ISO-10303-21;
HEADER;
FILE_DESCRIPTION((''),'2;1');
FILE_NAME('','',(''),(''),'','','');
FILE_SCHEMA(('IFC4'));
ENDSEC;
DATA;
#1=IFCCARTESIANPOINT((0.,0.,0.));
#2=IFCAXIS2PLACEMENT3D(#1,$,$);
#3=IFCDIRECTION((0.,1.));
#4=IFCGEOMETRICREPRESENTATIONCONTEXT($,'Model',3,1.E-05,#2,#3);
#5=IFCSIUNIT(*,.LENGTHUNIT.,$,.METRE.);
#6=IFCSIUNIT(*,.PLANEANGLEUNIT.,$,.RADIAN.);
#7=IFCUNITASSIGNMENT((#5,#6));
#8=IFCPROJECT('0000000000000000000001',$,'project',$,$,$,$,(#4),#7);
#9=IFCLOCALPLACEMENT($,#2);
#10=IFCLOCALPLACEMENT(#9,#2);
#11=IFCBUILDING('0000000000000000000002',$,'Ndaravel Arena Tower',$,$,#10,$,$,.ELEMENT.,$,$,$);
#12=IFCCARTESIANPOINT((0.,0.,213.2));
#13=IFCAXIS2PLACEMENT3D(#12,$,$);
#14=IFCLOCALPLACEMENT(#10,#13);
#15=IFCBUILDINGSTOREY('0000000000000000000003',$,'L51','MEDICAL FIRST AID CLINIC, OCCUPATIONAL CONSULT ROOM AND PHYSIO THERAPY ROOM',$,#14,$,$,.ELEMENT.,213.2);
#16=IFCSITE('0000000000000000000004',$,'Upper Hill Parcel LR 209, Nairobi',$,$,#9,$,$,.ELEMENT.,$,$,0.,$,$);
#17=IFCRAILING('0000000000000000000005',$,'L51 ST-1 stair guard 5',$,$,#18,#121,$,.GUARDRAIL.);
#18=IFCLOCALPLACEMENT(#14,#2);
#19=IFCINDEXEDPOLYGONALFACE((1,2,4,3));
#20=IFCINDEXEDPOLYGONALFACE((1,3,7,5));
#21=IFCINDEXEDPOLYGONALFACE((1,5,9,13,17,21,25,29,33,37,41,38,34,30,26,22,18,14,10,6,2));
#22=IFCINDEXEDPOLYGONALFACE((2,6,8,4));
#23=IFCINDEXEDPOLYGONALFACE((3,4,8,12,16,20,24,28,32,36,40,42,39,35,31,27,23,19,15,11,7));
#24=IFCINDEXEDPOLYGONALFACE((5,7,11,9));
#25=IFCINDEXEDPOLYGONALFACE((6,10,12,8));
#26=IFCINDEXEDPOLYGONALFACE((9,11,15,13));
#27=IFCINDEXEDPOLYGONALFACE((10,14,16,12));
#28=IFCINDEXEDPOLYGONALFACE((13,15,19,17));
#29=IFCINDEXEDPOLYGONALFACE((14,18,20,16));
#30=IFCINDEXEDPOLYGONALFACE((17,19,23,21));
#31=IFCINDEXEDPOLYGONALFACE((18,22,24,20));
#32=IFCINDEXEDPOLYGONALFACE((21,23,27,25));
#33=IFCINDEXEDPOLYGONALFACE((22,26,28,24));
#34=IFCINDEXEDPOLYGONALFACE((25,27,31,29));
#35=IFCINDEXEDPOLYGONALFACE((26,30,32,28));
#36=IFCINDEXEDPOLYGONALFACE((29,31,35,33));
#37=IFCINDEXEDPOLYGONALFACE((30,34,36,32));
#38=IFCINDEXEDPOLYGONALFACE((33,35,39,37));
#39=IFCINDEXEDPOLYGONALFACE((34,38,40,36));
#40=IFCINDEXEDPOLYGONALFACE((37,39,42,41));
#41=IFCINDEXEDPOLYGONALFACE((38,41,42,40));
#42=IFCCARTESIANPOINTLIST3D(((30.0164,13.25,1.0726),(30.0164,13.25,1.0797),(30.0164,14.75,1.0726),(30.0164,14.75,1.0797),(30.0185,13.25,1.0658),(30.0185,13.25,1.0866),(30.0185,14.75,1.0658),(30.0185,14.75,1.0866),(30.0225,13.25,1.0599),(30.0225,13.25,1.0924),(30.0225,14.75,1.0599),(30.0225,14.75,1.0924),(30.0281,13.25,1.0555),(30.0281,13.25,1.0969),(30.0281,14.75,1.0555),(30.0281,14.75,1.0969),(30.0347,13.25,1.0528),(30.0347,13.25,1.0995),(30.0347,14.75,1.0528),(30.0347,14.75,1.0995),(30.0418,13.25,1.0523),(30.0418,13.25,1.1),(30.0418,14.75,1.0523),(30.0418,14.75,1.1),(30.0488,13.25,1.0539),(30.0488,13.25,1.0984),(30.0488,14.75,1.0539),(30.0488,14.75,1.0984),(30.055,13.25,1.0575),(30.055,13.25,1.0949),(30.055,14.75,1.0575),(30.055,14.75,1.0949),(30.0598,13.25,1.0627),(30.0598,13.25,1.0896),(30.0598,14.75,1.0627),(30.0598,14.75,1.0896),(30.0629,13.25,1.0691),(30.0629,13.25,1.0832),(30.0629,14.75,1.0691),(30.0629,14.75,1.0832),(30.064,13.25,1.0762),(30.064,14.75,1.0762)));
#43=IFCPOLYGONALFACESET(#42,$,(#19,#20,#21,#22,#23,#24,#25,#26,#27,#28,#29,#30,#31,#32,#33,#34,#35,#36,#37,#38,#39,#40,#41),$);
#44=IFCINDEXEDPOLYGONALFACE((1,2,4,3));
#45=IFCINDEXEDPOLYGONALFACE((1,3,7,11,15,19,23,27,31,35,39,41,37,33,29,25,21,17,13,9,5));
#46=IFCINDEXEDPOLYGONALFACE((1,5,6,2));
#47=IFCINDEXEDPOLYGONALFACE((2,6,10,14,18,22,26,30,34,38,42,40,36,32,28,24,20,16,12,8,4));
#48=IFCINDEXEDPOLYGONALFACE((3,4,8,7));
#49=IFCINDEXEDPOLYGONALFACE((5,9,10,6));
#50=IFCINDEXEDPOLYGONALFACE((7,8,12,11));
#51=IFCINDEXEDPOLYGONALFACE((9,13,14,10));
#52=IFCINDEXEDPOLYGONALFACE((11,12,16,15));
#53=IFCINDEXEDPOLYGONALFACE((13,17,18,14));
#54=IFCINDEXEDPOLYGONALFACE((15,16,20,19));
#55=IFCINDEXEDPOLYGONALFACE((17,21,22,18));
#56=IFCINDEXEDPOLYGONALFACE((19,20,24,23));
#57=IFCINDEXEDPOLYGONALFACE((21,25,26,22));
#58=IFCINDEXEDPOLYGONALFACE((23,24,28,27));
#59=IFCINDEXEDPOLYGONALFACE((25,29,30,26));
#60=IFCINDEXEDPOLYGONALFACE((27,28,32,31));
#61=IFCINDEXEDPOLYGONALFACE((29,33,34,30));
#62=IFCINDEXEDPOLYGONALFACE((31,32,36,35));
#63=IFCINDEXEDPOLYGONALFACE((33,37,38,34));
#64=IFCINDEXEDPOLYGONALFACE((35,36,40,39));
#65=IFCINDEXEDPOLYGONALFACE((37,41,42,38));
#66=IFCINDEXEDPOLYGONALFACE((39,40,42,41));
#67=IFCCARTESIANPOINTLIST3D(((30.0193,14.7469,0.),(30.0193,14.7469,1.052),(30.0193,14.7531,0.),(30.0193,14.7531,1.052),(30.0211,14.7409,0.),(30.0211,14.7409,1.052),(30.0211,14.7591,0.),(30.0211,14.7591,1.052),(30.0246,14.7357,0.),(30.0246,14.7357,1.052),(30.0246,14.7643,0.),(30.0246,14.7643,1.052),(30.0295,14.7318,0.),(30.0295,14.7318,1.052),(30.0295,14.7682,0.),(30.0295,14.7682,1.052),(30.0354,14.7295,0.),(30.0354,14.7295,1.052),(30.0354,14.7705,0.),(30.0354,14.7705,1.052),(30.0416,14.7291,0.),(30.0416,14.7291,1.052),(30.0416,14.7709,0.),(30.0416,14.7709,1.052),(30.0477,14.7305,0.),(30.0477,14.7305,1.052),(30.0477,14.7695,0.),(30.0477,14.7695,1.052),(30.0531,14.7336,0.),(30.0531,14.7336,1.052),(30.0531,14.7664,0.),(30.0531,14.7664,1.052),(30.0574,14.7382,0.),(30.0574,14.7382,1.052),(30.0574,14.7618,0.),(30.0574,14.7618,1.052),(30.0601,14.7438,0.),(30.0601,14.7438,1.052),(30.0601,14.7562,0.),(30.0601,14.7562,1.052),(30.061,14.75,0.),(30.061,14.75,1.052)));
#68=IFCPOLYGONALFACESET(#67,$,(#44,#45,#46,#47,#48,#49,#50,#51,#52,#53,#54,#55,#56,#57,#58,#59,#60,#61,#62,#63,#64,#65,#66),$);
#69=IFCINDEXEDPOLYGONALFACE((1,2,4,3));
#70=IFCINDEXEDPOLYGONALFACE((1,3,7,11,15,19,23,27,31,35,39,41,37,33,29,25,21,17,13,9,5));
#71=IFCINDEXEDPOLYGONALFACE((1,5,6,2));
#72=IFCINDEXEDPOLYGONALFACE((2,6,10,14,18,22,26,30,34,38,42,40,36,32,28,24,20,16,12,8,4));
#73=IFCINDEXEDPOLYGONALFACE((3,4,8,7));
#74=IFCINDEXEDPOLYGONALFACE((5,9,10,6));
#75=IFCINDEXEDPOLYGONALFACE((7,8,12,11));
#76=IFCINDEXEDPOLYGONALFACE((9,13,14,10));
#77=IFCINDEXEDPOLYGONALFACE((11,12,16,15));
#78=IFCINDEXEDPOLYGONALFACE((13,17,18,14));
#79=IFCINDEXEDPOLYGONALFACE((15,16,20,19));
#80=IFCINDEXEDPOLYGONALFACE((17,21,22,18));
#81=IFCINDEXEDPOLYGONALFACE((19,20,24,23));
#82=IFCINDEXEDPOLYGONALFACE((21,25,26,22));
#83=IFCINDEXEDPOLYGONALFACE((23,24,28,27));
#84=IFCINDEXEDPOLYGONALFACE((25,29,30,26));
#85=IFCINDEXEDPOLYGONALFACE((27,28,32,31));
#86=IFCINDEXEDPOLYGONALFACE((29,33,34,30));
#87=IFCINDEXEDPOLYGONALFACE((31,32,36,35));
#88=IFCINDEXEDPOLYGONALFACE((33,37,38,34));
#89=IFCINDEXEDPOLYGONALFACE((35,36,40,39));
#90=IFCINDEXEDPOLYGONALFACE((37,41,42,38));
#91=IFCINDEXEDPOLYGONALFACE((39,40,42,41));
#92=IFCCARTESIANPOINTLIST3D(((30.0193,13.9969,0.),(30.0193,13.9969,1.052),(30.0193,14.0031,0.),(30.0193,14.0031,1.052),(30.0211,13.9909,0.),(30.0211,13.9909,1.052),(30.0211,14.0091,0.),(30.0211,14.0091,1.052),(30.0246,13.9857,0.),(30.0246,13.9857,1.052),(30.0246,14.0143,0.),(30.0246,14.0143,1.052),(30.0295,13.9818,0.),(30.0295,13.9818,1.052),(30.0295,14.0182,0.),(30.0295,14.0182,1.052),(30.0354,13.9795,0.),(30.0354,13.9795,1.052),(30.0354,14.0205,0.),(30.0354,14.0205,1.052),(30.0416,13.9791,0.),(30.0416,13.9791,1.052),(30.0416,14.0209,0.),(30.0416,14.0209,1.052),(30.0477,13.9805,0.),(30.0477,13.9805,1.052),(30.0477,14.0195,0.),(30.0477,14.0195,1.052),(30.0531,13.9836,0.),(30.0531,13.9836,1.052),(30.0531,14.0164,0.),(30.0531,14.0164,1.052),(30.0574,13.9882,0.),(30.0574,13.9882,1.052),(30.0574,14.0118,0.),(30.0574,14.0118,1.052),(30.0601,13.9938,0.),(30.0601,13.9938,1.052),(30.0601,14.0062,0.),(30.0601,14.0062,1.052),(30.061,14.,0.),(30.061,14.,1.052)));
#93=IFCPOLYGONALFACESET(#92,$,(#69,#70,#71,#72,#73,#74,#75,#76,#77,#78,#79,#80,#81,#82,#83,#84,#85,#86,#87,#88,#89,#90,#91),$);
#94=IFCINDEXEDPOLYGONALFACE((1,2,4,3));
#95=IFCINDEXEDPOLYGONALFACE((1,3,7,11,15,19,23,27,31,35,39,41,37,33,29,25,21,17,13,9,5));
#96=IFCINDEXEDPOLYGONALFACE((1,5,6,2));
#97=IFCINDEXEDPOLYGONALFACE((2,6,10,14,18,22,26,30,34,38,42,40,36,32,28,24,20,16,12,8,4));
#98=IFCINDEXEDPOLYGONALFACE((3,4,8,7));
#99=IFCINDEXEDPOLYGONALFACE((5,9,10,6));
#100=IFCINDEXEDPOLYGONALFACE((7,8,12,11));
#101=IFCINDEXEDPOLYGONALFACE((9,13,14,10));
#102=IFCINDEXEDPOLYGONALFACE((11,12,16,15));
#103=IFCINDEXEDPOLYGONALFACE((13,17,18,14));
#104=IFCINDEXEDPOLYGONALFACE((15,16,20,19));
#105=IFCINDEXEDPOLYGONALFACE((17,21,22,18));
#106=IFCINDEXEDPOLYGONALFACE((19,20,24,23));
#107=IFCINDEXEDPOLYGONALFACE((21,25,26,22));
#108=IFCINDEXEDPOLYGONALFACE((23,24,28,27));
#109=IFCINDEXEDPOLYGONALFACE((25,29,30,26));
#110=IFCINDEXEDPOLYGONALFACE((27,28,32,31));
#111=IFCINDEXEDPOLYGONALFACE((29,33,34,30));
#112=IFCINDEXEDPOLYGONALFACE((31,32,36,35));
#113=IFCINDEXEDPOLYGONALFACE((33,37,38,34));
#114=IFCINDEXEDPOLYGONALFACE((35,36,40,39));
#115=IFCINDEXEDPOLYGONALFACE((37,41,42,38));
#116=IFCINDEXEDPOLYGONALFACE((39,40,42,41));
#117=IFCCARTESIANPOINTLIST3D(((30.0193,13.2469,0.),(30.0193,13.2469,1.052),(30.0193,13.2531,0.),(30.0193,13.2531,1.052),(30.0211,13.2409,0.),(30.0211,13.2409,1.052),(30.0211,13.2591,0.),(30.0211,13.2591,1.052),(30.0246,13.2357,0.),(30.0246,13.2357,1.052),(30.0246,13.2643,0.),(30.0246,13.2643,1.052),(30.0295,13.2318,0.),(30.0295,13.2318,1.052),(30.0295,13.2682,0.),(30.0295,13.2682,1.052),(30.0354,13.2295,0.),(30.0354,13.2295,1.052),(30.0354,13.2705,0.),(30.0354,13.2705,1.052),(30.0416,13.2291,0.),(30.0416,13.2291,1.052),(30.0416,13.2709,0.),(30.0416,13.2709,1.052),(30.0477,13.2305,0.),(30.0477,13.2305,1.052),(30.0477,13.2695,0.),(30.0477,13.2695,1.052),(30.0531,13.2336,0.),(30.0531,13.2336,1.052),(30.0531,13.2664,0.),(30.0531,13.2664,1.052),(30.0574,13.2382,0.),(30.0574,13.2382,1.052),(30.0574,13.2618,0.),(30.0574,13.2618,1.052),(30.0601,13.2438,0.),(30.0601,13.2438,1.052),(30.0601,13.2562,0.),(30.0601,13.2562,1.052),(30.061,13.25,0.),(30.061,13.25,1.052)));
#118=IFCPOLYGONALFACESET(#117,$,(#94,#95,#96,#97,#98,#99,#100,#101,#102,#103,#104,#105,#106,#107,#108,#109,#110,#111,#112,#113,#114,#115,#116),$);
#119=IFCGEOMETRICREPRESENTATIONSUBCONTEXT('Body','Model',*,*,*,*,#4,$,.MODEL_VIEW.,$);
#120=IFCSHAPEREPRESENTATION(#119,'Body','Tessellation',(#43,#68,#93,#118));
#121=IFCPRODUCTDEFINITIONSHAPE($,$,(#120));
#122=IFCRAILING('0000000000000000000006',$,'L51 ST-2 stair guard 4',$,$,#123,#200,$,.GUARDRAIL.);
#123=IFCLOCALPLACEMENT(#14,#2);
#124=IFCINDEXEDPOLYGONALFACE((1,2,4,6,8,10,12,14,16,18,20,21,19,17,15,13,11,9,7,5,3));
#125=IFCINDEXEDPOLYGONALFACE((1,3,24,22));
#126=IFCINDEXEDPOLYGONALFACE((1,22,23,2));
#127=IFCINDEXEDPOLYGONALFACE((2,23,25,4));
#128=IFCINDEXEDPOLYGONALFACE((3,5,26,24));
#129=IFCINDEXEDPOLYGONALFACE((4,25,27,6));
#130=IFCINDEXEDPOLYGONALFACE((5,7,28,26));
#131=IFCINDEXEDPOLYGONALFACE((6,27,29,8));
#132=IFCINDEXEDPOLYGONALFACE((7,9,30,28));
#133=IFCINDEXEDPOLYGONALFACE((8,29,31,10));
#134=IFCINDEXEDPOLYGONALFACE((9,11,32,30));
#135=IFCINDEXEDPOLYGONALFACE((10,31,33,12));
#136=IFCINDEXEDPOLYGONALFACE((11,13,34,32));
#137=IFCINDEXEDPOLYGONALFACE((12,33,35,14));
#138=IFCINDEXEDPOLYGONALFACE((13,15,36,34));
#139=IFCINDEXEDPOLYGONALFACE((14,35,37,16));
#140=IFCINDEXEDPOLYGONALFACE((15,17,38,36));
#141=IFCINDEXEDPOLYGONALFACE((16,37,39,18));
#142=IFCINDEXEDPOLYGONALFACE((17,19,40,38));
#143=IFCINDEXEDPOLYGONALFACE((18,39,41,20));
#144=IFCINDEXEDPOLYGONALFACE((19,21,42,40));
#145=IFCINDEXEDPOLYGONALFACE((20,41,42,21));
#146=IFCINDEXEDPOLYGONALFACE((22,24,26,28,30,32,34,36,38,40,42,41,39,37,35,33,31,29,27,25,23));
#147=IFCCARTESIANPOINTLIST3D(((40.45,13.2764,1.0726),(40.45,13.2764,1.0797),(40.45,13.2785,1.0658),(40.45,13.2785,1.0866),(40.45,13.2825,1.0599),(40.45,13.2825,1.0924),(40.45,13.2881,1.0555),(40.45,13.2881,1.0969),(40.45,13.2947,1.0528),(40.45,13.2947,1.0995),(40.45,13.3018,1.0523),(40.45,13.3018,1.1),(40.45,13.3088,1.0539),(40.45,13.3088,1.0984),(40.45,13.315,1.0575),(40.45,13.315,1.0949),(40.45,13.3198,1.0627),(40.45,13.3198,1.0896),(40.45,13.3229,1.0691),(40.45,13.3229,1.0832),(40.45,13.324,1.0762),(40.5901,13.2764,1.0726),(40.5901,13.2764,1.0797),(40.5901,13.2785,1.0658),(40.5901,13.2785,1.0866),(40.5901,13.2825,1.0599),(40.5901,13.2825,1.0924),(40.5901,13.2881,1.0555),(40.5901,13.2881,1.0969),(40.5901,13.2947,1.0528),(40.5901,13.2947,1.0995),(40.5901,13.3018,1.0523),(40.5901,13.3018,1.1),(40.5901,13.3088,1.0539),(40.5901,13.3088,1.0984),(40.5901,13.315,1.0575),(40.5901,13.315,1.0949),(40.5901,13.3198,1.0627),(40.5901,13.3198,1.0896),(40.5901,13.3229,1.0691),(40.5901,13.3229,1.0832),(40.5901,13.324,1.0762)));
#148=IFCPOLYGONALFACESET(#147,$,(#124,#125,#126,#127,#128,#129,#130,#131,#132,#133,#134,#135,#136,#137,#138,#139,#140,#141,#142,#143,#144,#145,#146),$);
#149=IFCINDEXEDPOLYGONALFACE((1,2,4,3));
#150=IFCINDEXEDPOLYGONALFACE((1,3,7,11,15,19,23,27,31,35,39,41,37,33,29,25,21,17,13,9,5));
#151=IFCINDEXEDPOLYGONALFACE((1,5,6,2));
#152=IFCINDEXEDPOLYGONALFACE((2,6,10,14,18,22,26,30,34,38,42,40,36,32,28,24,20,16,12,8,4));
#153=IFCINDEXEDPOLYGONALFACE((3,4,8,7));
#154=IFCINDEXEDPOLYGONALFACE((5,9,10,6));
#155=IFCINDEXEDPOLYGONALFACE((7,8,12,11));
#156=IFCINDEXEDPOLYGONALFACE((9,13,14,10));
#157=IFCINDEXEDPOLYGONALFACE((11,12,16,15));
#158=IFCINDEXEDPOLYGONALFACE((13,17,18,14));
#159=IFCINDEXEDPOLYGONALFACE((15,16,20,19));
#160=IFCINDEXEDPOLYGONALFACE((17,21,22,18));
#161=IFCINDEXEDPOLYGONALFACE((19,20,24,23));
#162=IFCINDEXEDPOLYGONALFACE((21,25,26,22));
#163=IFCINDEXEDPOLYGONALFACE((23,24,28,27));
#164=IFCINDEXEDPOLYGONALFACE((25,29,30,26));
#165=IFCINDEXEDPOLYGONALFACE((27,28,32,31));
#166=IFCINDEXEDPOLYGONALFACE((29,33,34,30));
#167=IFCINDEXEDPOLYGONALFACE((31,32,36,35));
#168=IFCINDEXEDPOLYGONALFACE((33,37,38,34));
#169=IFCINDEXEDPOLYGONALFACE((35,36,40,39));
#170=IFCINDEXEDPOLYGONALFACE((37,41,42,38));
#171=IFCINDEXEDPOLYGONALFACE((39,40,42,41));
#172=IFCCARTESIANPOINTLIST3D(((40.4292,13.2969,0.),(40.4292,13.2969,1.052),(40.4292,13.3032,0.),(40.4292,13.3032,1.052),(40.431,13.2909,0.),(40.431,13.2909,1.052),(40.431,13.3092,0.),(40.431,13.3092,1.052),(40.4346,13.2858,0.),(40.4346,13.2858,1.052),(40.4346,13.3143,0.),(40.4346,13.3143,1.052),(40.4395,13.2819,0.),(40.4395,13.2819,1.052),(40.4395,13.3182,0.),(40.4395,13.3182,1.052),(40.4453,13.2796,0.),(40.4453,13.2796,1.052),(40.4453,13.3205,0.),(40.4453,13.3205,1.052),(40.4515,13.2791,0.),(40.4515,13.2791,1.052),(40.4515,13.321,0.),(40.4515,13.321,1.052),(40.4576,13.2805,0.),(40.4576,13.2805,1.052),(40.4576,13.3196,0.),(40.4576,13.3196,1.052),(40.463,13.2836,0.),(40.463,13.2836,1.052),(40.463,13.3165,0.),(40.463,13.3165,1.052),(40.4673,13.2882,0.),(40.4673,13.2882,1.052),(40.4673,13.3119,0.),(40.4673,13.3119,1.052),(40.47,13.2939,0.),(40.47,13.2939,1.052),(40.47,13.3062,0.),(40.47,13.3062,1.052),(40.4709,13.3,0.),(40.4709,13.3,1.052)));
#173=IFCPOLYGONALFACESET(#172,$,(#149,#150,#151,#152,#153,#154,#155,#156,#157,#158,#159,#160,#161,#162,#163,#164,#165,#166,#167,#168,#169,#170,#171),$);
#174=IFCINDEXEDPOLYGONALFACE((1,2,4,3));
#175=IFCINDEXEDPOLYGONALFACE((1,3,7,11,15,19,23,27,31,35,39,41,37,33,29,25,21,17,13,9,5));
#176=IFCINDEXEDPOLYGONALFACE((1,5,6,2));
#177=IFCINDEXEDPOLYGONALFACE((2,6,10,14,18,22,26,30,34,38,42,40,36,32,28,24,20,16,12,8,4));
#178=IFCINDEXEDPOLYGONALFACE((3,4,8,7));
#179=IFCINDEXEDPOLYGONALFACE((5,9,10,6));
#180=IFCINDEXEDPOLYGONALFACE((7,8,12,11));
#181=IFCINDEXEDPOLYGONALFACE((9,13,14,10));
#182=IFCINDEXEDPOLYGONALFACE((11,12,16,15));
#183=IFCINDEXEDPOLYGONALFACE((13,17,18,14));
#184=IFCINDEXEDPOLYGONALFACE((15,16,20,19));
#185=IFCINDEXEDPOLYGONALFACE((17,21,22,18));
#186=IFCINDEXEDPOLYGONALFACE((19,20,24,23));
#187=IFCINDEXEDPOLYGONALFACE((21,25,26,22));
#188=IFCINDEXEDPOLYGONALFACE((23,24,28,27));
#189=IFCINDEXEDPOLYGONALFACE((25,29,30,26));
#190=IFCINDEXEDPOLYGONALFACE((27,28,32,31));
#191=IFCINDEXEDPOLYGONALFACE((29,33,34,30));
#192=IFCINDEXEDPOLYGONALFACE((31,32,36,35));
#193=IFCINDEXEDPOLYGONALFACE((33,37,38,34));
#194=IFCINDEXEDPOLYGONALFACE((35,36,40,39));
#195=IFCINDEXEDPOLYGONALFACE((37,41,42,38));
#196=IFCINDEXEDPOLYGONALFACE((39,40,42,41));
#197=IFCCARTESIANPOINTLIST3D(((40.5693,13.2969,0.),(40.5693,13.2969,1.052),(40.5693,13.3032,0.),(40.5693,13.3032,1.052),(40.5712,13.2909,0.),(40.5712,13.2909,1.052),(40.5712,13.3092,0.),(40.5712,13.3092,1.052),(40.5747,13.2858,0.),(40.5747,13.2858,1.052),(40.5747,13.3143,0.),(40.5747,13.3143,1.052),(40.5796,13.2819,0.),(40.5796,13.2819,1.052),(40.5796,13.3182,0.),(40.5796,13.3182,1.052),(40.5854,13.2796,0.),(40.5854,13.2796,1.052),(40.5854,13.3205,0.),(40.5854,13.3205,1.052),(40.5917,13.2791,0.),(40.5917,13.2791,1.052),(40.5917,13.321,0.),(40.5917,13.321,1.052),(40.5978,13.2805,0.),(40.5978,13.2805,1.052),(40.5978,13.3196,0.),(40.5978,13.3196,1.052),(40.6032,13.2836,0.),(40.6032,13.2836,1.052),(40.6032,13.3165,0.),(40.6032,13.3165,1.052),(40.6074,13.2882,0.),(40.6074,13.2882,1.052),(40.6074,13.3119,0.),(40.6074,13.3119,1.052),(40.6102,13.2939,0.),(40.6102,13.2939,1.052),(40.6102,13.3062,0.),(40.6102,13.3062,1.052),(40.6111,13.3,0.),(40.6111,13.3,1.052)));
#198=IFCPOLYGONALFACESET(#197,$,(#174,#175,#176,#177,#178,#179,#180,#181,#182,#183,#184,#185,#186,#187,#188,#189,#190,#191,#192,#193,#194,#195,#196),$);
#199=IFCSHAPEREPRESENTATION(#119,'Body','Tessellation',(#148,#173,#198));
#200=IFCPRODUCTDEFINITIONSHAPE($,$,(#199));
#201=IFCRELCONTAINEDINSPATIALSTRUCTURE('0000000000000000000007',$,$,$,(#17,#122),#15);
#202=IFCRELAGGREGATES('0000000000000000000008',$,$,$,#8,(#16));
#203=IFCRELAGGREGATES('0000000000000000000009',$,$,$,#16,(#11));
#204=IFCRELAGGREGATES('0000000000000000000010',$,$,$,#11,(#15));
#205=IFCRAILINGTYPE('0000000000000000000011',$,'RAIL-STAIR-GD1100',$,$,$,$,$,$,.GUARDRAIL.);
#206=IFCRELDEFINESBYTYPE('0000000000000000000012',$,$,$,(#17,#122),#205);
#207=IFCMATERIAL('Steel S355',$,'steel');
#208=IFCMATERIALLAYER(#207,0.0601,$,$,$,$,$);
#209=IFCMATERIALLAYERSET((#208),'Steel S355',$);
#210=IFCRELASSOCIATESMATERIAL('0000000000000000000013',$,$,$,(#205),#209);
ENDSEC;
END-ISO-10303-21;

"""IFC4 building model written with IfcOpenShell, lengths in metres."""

from ifc_helpers import new_model, si_unit, direction, frame, origin, origin_2d, place, context, subcontext, project, spatial, circle, extrude, material, layer, layer_set, type_object, element, save


model = new_model("IFC4")

# Units and contexts
model_context = context("Model", 3, precision=1e-05, world=origin(), true_north=direction((0.0, 1.0)))
body_context = subcontext(model_context, "Body", "Model", "MODEL_VIEW")
ifc_project = project(units=[si_unit("LENGTHUNIT", "METRE"), si_unit("PLANEANGLEUNIT", "RADIAN")], contexts=[model_context])

# Site, building, storey
site_placement = place(None, origin())
site = spatial("IfcSite", under=ifc_project, at=site_placement, Name="Upper Hill Parcel LR 209, Nairobi", CompositionType="ELEMENT", RefElevation=0.0)
building_placement = place(site_placement, origin())
building = spatial("IfcBuilding", under=site, at=building_placement, Name="Ndaravel Arena Tower", CompositionType="ELEMENT")
storey_placement = place(building_placement, frame((0.0, 0.0, 213.2)))
storey = spatial("IfcBuildingStorey", under=building, at=storey_placement, Name="L51", Description="MEDICAL FIRST AID CLINIC, OCCUPATIONAL CONSULT ROOM AND PHYSIO THERAPY ROOM", CompositionType="ELEMENT", Elevation=213.2)

# Railings
ifc_material_1 = material(Name="Steel S355", Category="steel")
ifc_layer_1 = layer(ifc_material_1, 0.0601)
ifc_layer_set_1 = layer_set([ifc_layer_1], Name="Steel S355")
railing_type = type_object("IfcRailingType", Name="RAIL-STAIR-GD1100", PredefinedType="GUARDRAIL", material=ifc_layer_set_1)
railing_1_placement = place(storey_placement, frame((30.04, 14.75, 0.0)))
element("IfcRailing", 1, at=railing_1_placement, inside=storey, type_object=railing_type, Name="L51 ST-1 stair guard 5", PredefinedType="GUARDRAIL", context=body_context, shape_type="SweptSolid", body=[
    extrude(circle(Radius=0.0239, at=origin_2d()), frame((0.0, 0.0, 1.0762), z_axis=(0.0, -1.0, 0.0), x_axis=(1.0, 0.0, 0.0)), (0.0, 0.0, 1.0), 1.5),
    extrude(circle(Radius=0.021, at=origin_2d()), origin(), (0.0, 0.0, 1.0), 1.052),
    extrude(circle(Radius=0.021, at=origin_2d()), frame((0.0, -0.75, 0.0)), (0.0, 0.0, 1.0), 1.052),
    extrude(circle(Radius=0.021, at=origin_2d()), frame((0.0, -1.5, 0.0)), (0.0, 0.0, 1.0), 1.052),
])
railing_2_placement = place(storey_placement, frame((40.45, 13.3, 0.0)))
element("IfcRailing", 2, at=railing_2_placement, inside=storey, type_object=railing_type, Name="L51 ST-2 stair guard 4", PredefinedType="GUARDRAIL", context=body_context, shape_type="SweptSolid", body=[
    extrude(circle(Radius=0.0239, at=origin_2d()), frame((0.0, 0.0, 1.0762), z_axis=(1.0, 0.0, 0.0), x_axis=(0.0, 1.0, 0.0)), (0.0, 0.0, 1.0), 0.1401),
    extrude(circle(Radius=0.021, at=origin_2d()), origin(), (0.0, 0.0, 1.0), 1.052),
    extrude(circle(Radius=0.021, at=origin_2d()), frame((0.1401, 0.0, 0.0)), (0.0, 0.0, 1.0), 1.052),
])

save(model, "model.ifc")
